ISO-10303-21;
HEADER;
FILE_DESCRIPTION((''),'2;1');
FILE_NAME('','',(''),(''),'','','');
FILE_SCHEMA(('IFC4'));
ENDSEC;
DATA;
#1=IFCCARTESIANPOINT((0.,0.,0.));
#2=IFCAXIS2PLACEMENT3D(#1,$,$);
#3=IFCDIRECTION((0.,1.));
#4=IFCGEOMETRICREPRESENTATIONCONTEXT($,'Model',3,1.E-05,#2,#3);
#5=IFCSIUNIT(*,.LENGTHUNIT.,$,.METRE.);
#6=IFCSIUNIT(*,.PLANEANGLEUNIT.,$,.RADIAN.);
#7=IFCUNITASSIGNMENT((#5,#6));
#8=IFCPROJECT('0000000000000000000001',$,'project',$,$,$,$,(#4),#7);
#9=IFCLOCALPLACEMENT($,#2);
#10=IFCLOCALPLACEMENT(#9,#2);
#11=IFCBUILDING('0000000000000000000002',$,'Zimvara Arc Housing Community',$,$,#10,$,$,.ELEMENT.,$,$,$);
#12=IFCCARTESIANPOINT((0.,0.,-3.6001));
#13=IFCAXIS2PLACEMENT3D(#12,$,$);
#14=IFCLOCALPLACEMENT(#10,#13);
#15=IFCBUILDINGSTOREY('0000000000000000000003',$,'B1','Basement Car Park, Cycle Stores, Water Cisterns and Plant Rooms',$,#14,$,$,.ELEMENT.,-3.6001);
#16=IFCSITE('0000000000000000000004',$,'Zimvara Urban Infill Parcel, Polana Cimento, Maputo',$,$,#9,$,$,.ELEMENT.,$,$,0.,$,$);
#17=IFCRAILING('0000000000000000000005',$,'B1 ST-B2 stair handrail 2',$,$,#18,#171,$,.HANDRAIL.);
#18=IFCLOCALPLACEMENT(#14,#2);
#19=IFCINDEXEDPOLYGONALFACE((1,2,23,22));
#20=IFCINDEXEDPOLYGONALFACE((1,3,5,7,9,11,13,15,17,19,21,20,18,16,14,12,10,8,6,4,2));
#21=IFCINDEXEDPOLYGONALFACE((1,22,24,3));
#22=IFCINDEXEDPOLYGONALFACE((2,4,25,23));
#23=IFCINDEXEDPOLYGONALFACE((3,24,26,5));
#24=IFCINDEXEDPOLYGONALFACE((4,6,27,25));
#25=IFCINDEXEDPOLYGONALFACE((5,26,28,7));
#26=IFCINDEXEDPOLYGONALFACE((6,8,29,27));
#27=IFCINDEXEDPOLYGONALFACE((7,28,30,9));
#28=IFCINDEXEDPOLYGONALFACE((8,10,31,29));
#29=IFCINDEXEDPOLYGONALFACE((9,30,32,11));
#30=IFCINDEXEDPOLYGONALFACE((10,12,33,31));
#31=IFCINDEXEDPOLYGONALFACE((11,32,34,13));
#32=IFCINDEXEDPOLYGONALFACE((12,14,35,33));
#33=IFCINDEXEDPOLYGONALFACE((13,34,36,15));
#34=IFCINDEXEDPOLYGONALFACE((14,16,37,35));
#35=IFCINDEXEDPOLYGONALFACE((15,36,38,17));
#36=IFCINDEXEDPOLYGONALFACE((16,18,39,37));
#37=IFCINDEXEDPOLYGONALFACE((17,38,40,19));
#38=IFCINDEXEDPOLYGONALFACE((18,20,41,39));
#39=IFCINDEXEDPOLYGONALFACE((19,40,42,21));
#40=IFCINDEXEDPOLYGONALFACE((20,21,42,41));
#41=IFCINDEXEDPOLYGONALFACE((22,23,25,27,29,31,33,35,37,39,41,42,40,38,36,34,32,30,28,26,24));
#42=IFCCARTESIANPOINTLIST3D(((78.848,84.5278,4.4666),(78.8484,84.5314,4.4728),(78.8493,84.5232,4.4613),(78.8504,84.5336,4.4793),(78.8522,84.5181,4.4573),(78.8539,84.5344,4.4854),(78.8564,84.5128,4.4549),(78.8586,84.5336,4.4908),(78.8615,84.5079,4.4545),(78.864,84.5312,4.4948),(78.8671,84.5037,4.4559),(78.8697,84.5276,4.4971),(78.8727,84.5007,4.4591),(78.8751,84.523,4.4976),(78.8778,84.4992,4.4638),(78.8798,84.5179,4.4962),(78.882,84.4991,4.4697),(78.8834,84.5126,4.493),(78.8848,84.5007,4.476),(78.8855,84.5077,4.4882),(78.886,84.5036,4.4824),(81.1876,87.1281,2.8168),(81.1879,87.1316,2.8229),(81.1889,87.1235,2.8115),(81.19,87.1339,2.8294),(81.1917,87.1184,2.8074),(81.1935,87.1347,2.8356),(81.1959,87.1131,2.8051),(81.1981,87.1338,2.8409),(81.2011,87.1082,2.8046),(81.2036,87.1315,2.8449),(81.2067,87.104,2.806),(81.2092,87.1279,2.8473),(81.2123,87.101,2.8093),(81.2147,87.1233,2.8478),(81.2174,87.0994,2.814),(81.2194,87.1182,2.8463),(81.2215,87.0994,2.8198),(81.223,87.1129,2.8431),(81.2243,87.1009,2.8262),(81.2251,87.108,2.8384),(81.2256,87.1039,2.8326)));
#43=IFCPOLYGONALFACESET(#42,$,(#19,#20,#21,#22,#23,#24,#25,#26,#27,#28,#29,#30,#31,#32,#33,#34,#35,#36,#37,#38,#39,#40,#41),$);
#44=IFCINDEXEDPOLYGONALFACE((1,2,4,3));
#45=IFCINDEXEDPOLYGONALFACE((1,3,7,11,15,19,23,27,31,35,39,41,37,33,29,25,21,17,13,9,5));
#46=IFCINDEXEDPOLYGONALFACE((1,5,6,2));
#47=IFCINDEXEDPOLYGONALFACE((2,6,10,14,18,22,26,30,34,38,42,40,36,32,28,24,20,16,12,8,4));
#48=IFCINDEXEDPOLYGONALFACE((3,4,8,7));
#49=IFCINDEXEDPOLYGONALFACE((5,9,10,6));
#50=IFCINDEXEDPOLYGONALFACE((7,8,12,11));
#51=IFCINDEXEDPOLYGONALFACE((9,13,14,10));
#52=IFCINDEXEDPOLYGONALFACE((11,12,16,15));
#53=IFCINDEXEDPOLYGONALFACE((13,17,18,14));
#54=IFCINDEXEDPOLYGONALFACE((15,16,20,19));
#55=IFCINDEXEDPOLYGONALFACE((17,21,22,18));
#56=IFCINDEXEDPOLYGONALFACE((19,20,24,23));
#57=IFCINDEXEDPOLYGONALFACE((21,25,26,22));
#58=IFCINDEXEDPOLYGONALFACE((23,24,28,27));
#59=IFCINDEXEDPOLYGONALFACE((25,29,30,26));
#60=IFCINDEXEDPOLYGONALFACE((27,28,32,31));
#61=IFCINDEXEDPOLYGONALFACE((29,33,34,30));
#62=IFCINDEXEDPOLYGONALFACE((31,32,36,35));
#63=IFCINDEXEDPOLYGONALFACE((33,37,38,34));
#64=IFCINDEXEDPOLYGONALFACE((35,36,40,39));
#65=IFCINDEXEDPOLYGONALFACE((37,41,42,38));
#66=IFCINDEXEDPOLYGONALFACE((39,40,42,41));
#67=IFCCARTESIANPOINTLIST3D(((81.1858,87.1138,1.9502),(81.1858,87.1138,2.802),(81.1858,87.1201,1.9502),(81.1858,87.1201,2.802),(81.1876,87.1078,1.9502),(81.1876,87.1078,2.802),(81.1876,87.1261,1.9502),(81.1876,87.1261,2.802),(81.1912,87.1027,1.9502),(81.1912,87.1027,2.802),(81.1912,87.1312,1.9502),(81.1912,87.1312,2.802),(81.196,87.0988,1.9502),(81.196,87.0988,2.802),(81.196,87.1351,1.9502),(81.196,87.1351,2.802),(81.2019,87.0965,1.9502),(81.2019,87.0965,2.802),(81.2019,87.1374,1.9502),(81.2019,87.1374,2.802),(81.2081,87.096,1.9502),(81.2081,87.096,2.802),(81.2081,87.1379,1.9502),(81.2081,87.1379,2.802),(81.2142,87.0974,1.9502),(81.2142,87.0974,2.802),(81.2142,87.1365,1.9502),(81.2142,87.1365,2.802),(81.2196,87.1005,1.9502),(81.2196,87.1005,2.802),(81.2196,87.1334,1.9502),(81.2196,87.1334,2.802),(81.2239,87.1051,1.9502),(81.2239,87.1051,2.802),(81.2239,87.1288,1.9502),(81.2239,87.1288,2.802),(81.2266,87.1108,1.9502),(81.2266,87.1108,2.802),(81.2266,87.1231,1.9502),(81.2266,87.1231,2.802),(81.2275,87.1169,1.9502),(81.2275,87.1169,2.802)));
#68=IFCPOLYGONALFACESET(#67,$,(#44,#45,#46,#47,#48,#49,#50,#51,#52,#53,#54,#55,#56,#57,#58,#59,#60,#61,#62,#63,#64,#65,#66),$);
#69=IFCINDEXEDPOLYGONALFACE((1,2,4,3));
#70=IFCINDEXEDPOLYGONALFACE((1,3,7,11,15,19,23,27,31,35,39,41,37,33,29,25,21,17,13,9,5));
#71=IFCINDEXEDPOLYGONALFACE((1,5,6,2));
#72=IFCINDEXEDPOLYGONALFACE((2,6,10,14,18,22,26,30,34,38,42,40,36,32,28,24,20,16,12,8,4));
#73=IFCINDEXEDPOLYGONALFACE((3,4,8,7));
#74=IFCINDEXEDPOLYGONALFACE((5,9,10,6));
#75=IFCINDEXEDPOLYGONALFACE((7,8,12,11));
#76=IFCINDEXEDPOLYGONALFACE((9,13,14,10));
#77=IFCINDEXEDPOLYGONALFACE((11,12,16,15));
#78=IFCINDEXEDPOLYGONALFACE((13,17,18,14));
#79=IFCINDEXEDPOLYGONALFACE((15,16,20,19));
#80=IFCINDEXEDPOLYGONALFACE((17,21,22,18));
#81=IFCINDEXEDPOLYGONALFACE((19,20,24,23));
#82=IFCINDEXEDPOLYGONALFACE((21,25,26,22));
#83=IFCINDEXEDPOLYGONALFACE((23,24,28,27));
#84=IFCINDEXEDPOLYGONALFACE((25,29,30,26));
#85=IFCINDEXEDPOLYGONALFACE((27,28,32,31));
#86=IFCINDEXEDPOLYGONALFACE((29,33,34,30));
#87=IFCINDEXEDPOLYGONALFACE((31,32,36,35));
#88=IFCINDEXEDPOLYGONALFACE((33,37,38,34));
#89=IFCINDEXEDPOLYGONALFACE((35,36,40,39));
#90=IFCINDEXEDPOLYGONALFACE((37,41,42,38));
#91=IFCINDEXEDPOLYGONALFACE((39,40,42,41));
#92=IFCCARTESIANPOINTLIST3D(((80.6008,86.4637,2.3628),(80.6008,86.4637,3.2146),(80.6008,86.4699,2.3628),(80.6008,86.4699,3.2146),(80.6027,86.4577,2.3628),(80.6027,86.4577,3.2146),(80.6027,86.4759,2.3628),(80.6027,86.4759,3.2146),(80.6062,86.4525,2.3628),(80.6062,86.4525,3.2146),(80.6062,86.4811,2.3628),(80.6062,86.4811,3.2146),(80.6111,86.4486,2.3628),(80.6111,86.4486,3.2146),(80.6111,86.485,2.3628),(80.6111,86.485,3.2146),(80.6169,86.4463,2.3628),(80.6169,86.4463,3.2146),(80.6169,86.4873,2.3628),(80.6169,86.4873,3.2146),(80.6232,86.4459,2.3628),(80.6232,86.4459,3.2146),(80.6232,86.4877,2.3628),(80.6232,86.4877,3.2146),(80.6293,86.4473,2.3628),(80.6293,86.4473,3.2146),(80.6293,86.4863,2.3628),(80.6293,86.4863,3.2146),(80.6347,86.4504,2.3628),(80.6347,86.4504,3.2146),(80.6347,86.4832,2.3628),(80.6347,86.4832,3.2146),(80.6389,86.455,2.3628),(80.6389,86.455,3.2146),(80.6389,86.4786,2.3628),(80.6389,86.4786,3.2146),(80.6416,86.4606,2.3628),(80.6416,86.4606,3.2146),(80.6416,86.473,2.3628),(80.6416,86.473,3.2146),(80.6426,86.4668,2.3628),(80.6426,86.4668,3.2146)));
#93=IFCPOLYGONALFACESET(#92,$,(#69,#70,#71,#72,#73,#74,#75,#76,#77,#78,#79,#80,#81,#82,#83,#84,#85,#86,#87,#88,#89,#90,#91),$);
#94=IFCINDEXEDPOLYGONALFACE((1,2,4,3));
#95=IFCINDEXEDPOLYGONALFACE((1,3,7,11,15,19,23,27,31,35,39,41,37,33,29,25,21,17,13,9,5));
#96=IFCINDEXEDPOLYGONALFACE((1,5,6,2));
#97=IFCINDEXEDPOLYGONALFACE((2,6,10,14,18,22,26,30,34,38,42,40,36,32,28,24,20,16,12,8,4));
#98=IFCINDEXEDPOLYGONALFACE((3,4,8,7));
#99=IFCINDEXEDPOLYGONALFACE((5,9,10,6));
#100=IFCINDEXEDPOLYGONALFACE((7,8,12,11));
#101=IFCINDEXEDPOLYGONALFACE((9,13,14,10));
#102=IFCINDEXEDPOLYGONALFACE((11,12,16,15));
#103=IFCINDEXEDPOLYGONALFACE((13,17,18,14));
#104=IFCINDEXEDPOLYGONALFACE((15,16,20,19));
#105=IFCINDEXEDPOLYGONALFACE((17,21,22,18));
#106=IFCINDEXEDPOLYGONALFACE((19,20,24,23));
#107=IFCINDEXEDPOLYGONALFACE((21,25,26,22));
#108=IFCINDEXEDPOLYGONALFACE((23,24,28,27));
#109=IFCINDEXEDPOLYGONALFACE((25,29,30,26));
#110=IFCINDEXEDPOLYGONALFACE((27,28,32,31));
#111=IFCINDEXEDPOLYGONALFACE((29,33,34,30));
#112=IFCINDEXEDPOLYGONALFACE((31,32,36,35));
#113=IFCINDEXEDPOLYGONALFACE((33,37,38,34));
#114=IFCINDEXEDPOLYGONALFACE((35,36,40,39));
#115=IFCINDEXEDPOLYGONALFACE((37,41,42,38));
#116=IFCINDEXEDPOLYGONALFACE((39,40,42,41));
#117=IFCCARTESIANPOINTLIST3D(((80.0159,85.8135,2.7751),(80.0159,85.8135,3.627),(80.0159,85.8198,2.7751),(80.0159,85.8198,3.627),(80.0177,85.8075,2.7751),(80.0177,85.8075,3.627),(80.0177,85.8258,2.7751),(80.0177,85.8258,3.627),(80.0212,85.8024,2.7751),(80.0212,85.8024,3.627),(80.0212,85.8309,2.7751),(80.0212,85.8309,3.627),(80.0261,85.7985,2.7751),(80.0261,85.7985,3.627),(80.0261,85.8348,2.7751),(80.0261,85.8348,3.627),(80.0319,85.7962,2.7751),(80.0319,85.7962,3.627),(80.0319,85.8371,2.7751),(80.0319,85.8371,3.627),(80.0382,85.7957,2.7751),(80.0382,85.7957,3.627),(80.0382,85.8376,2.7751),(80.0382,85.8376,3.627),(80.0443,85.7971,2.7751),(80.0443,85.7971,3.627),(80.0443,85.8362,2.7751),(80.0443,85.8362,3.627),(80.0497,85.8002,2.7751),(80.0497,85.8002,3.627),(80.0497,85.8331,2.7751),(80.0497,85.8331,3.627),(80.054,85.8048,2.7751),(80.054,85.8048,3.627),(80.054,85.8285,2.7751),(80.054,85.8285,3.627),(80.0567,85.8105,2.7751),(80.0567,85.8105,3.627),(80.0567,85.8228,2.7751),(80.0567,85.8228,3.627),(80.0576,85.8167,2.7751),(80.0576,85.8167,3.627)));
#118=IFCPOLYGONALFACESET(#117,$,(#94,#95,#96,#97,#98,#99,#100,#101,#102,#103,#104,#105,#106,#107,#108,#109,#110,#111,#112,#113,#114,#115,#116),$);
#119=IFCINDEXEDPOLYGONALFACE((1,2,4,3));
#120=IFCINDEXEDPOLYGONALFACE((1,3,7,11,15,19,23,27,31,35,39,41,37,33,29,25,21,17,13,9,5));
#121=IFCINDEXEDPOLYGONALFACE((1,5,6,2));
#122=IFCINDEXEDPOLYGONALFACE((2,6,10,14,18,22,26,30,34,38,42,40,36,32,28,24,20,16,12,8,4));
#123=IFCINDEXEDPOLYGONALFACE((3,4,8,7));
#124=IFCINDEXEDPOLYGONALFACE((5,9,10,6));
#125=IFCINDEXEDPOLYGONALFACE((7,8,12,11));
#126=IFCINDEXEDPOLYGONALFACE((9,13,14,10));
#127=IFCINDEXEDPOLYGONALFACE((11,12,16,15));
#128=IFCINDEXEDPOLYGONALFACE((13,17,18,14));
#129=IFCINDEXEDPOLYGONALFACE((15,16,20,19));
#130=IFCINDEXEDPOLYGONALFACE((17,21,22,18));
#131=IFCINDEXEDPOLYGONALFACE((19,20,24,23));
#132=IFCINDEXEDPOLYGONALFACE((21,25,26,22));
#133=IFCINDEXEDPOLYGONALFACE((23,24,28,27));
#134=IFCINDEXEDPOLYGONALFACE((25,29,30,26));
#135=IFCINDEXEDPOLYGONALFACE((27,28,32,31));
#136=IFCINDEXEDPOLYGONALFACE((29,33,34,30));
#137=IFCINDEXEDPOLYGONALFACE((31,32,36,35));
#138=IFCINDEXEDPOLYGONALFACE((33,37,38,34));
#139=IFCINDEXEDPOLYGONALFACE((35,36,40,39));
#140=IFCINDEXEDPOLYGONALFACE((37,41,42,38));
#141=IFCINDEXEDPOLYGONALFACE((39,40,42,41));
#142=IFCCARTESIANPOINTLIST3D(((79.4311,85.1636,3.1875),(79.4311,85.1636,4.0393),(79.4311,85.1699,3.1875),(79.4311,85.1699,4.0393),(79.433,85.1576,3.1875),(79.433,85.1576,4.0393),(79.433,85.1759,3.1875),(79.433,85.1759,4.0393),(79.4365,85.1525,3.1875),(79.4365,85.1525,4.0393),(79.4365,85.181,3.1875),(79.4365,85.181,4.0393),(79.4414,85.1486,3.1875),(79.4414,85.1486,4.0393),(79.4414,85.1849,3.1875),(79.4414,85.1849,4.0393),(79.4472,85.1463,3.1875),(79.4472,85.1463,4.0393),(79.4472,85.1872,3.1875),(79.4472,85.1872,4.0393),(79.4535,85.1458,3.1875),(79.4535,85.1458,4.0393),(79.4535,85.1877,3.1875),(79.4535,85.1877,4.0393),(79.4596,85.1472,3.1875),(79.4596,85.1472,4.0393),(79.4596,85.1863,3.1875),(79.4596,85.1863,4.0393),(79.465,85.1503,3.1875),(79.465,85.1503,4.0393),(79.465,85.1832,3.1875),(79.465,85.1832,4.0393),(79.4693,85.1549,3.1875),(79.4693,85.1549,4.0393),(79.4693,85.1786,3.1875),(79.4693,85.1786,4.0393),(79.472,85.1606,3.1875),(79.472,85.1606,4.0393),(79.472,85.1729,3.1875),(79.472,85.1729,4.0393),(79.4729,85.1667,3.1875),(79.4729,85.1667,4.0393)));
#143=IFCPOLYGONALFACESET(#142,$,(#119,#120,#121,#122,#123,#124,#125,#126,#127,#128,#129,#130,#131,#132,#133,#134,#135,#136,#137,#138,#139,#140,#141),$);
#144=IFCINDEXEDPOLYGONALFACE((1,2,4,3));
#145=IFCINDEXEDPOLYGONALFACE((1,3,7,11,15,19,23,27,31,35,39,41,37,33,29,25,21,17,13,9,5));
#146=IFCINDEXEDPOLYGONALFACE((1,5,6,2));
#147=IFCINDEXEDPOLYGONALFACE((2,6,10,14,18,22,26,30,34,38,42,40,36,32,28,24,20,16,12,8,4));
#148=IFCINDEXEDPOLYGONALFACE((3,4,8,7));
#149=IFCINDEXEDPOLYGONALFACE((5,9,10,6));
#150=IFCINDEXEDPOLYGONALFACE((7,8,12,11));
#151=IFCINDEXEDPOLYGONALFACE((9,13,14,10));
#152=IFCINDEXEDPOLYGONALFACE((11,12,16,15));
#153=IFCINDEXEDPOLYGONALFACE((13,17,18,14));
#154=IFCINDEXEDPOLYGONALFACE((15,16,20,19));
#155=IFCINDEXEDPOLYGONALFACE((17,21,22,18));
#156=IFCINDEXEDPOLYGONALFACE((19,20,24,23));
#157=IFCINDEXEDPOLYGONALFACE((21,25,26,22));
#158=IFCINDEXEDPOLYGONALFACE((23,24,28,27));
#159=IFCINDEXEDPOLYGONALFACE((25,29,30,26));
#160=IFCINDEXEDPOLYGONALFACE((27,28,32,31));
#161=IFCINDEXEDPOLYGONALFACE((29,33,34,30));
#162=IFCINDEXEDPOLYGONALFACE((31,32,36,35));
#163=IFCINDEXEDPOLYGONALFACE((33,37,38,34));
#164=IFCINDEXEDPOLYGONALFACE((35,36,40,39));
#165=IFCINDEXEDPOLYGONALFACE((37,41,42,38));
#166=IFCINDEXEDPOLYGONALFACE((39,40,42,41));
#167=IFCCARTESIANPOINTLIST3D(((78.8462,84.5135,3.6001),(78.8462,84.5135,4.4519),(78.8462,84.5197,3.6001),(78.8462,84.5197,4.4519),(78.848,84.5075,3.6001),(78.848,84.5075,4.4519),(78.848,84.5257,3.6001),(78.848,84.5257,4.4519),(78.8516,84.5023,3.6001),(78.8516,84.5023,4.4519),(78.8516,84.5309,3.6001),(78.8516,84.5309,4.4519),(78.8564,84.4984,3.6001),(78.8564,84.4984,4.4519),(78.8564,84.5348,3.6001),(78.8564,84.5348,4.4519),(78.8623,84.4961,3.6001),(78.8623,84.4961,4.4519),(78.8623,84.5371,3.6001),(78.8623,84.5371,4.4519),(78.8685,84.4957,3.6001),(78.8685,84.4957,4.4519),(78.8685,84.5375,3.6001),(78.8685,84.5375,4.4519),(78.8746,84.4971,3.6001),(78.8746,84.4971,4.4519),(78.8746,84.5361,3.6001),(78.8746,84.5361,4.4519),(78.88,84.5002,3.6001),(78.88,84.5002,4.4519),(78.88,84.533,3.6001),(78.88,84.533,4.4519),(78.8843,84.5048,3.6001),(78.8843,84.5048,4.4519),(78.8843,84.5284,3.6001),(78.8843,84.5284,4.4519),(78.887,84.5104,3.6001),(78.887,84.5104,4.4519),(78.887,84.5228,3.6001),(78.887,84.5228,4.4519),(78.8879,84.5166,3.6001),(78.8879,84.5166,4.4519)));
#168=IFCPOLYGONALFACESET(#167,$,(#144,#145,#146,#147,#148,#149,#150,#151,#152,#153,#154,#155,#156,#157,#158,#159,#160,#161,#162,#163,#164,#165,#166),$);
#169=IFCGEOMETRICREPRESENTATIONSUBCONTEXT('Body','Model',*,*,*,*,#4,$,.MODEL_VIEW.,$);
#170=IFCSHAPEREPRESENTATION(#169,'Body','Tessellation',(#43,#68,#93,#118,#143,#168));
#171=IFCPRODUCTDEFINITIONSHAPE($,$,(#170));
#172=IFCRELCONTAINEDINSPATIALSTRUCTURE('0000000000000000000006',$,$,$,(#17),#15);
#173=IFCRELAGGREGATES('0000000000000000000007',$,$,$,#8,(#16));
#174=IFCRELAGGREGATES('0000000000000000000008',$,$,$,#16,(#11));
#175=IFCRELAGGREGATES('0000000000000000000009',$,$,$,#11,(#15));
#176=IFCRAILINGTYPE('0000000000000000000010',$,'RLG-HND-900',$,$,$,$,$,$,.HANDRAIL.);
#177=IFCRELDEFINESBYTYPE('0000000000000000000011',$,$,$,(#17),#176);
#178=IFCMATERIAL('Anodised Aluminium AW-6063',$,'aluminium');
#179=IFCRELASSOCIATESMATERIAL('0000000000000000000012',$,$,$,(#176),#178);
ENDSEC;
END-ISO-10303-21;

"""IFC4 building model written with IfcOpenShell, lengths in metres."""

from ifc_helpers import new_model, si_unit, direction, frame, origin, origin_2d, place, context, subcontext, project, spatial, circle, extrude, material, type_object, element, save


model = new_model("IFC4")

# Units and contexts
model_context = context("Model", 3, precision=1e-05, world=origin(), true_north=direction((0.0, 1.0)))
body_context = subcontext(model_context, "Body", "Model", "MODEL_VIEW")
ifc_project = project(units=[si_unit("LENGTHUNIT", "METRE"), si_unit("PLANEANGLEUNIT", "RADIAN")], contexts=[model_context])

# Site, building, storey
site_placement = place(None, origin())
site = spatial("IfcSite", under=ifc_project, at=site_placement, Name="Zimvara Urban Infill Parcel, Polana Cimento, Maputo", CompositionType="ELEMENT", RefElevation=0.0)
building_placement = place(site_placement, origin())
building = spatial("IfcBuilding", under=site, at=building_placement, Name="Zimvara Arc Housing Community", CompositionType="ELEMENT")
storey_placement = place(building_placement, frame((0.0, 0.0, -3.6001)))
storey = spatial("IfcBuildingStorey", under=building, at=storey_placement, Name="B1", Description="Basement Car Park, Cycle Stores, Water Cisterns and Plant Rooms", CompositionType="ELEMENT", Elevation=-3.6001)

# Railing
ifc_material_1 = material(Name="Anodised Aluminium AW-6063", Category="aluminium")
railing_type_1 = type_object("IfcRailingType", Name="RLG-HND-900", PredefinedType="HANDRAIL", material=ifc_material_1)
railing_1_placement = place(storey_placement, frame((81.2065, 87.1169, 1.9502)))
element("IfcRailing", 1, at=railing_1_placement, inside=storey, type_object=railing_type_1, Name="B1 ST-B2 stair handrail 2", PredefinedType="HANDRAIL", context=body_context, shape_type="SweptSolid", body=[
    extrude(circle(Radius=0.0239, at=origin_2d()), frame((0.0, 0.0, 0.876), z_axis=(-0.604936, -0.672354, 0.426605), x_axis=(0.743395, -0.668853, 0.0)), (0.0, 0.0, 1.0), 3.8674),
    extrude(circle(Radius=0.021, at=origin_2d()), origin(), (0.0, 0.0, 1.0), 0.8518),
    extrude(circle(Radius=0.021, at=origin_2d()), frame((-0.585, -0.6501, 0.4126)), (0.0, 0.0, 1.0), 0.8518),
    extrude(circle(Radius=0.021, at=origin_2d()), frame((-1.1699, -1.3003, 0.825)), (0.0, 0.0, 1.0), 0.8518),
    extrude(circle(Radius=0.021, at=origin_2d()), frame((-1.7546, -1.9502, 1.2373)), (0.0, 0.0, 1.0), 0.8518),
    extrude(circle(Radius=0.021, at=origin_2d()), frame((-2.3396, -2.6003, 1.6499)), (0.0, 0.0, 1.0), 0.8518),
])

save(model, "model.ifc")
